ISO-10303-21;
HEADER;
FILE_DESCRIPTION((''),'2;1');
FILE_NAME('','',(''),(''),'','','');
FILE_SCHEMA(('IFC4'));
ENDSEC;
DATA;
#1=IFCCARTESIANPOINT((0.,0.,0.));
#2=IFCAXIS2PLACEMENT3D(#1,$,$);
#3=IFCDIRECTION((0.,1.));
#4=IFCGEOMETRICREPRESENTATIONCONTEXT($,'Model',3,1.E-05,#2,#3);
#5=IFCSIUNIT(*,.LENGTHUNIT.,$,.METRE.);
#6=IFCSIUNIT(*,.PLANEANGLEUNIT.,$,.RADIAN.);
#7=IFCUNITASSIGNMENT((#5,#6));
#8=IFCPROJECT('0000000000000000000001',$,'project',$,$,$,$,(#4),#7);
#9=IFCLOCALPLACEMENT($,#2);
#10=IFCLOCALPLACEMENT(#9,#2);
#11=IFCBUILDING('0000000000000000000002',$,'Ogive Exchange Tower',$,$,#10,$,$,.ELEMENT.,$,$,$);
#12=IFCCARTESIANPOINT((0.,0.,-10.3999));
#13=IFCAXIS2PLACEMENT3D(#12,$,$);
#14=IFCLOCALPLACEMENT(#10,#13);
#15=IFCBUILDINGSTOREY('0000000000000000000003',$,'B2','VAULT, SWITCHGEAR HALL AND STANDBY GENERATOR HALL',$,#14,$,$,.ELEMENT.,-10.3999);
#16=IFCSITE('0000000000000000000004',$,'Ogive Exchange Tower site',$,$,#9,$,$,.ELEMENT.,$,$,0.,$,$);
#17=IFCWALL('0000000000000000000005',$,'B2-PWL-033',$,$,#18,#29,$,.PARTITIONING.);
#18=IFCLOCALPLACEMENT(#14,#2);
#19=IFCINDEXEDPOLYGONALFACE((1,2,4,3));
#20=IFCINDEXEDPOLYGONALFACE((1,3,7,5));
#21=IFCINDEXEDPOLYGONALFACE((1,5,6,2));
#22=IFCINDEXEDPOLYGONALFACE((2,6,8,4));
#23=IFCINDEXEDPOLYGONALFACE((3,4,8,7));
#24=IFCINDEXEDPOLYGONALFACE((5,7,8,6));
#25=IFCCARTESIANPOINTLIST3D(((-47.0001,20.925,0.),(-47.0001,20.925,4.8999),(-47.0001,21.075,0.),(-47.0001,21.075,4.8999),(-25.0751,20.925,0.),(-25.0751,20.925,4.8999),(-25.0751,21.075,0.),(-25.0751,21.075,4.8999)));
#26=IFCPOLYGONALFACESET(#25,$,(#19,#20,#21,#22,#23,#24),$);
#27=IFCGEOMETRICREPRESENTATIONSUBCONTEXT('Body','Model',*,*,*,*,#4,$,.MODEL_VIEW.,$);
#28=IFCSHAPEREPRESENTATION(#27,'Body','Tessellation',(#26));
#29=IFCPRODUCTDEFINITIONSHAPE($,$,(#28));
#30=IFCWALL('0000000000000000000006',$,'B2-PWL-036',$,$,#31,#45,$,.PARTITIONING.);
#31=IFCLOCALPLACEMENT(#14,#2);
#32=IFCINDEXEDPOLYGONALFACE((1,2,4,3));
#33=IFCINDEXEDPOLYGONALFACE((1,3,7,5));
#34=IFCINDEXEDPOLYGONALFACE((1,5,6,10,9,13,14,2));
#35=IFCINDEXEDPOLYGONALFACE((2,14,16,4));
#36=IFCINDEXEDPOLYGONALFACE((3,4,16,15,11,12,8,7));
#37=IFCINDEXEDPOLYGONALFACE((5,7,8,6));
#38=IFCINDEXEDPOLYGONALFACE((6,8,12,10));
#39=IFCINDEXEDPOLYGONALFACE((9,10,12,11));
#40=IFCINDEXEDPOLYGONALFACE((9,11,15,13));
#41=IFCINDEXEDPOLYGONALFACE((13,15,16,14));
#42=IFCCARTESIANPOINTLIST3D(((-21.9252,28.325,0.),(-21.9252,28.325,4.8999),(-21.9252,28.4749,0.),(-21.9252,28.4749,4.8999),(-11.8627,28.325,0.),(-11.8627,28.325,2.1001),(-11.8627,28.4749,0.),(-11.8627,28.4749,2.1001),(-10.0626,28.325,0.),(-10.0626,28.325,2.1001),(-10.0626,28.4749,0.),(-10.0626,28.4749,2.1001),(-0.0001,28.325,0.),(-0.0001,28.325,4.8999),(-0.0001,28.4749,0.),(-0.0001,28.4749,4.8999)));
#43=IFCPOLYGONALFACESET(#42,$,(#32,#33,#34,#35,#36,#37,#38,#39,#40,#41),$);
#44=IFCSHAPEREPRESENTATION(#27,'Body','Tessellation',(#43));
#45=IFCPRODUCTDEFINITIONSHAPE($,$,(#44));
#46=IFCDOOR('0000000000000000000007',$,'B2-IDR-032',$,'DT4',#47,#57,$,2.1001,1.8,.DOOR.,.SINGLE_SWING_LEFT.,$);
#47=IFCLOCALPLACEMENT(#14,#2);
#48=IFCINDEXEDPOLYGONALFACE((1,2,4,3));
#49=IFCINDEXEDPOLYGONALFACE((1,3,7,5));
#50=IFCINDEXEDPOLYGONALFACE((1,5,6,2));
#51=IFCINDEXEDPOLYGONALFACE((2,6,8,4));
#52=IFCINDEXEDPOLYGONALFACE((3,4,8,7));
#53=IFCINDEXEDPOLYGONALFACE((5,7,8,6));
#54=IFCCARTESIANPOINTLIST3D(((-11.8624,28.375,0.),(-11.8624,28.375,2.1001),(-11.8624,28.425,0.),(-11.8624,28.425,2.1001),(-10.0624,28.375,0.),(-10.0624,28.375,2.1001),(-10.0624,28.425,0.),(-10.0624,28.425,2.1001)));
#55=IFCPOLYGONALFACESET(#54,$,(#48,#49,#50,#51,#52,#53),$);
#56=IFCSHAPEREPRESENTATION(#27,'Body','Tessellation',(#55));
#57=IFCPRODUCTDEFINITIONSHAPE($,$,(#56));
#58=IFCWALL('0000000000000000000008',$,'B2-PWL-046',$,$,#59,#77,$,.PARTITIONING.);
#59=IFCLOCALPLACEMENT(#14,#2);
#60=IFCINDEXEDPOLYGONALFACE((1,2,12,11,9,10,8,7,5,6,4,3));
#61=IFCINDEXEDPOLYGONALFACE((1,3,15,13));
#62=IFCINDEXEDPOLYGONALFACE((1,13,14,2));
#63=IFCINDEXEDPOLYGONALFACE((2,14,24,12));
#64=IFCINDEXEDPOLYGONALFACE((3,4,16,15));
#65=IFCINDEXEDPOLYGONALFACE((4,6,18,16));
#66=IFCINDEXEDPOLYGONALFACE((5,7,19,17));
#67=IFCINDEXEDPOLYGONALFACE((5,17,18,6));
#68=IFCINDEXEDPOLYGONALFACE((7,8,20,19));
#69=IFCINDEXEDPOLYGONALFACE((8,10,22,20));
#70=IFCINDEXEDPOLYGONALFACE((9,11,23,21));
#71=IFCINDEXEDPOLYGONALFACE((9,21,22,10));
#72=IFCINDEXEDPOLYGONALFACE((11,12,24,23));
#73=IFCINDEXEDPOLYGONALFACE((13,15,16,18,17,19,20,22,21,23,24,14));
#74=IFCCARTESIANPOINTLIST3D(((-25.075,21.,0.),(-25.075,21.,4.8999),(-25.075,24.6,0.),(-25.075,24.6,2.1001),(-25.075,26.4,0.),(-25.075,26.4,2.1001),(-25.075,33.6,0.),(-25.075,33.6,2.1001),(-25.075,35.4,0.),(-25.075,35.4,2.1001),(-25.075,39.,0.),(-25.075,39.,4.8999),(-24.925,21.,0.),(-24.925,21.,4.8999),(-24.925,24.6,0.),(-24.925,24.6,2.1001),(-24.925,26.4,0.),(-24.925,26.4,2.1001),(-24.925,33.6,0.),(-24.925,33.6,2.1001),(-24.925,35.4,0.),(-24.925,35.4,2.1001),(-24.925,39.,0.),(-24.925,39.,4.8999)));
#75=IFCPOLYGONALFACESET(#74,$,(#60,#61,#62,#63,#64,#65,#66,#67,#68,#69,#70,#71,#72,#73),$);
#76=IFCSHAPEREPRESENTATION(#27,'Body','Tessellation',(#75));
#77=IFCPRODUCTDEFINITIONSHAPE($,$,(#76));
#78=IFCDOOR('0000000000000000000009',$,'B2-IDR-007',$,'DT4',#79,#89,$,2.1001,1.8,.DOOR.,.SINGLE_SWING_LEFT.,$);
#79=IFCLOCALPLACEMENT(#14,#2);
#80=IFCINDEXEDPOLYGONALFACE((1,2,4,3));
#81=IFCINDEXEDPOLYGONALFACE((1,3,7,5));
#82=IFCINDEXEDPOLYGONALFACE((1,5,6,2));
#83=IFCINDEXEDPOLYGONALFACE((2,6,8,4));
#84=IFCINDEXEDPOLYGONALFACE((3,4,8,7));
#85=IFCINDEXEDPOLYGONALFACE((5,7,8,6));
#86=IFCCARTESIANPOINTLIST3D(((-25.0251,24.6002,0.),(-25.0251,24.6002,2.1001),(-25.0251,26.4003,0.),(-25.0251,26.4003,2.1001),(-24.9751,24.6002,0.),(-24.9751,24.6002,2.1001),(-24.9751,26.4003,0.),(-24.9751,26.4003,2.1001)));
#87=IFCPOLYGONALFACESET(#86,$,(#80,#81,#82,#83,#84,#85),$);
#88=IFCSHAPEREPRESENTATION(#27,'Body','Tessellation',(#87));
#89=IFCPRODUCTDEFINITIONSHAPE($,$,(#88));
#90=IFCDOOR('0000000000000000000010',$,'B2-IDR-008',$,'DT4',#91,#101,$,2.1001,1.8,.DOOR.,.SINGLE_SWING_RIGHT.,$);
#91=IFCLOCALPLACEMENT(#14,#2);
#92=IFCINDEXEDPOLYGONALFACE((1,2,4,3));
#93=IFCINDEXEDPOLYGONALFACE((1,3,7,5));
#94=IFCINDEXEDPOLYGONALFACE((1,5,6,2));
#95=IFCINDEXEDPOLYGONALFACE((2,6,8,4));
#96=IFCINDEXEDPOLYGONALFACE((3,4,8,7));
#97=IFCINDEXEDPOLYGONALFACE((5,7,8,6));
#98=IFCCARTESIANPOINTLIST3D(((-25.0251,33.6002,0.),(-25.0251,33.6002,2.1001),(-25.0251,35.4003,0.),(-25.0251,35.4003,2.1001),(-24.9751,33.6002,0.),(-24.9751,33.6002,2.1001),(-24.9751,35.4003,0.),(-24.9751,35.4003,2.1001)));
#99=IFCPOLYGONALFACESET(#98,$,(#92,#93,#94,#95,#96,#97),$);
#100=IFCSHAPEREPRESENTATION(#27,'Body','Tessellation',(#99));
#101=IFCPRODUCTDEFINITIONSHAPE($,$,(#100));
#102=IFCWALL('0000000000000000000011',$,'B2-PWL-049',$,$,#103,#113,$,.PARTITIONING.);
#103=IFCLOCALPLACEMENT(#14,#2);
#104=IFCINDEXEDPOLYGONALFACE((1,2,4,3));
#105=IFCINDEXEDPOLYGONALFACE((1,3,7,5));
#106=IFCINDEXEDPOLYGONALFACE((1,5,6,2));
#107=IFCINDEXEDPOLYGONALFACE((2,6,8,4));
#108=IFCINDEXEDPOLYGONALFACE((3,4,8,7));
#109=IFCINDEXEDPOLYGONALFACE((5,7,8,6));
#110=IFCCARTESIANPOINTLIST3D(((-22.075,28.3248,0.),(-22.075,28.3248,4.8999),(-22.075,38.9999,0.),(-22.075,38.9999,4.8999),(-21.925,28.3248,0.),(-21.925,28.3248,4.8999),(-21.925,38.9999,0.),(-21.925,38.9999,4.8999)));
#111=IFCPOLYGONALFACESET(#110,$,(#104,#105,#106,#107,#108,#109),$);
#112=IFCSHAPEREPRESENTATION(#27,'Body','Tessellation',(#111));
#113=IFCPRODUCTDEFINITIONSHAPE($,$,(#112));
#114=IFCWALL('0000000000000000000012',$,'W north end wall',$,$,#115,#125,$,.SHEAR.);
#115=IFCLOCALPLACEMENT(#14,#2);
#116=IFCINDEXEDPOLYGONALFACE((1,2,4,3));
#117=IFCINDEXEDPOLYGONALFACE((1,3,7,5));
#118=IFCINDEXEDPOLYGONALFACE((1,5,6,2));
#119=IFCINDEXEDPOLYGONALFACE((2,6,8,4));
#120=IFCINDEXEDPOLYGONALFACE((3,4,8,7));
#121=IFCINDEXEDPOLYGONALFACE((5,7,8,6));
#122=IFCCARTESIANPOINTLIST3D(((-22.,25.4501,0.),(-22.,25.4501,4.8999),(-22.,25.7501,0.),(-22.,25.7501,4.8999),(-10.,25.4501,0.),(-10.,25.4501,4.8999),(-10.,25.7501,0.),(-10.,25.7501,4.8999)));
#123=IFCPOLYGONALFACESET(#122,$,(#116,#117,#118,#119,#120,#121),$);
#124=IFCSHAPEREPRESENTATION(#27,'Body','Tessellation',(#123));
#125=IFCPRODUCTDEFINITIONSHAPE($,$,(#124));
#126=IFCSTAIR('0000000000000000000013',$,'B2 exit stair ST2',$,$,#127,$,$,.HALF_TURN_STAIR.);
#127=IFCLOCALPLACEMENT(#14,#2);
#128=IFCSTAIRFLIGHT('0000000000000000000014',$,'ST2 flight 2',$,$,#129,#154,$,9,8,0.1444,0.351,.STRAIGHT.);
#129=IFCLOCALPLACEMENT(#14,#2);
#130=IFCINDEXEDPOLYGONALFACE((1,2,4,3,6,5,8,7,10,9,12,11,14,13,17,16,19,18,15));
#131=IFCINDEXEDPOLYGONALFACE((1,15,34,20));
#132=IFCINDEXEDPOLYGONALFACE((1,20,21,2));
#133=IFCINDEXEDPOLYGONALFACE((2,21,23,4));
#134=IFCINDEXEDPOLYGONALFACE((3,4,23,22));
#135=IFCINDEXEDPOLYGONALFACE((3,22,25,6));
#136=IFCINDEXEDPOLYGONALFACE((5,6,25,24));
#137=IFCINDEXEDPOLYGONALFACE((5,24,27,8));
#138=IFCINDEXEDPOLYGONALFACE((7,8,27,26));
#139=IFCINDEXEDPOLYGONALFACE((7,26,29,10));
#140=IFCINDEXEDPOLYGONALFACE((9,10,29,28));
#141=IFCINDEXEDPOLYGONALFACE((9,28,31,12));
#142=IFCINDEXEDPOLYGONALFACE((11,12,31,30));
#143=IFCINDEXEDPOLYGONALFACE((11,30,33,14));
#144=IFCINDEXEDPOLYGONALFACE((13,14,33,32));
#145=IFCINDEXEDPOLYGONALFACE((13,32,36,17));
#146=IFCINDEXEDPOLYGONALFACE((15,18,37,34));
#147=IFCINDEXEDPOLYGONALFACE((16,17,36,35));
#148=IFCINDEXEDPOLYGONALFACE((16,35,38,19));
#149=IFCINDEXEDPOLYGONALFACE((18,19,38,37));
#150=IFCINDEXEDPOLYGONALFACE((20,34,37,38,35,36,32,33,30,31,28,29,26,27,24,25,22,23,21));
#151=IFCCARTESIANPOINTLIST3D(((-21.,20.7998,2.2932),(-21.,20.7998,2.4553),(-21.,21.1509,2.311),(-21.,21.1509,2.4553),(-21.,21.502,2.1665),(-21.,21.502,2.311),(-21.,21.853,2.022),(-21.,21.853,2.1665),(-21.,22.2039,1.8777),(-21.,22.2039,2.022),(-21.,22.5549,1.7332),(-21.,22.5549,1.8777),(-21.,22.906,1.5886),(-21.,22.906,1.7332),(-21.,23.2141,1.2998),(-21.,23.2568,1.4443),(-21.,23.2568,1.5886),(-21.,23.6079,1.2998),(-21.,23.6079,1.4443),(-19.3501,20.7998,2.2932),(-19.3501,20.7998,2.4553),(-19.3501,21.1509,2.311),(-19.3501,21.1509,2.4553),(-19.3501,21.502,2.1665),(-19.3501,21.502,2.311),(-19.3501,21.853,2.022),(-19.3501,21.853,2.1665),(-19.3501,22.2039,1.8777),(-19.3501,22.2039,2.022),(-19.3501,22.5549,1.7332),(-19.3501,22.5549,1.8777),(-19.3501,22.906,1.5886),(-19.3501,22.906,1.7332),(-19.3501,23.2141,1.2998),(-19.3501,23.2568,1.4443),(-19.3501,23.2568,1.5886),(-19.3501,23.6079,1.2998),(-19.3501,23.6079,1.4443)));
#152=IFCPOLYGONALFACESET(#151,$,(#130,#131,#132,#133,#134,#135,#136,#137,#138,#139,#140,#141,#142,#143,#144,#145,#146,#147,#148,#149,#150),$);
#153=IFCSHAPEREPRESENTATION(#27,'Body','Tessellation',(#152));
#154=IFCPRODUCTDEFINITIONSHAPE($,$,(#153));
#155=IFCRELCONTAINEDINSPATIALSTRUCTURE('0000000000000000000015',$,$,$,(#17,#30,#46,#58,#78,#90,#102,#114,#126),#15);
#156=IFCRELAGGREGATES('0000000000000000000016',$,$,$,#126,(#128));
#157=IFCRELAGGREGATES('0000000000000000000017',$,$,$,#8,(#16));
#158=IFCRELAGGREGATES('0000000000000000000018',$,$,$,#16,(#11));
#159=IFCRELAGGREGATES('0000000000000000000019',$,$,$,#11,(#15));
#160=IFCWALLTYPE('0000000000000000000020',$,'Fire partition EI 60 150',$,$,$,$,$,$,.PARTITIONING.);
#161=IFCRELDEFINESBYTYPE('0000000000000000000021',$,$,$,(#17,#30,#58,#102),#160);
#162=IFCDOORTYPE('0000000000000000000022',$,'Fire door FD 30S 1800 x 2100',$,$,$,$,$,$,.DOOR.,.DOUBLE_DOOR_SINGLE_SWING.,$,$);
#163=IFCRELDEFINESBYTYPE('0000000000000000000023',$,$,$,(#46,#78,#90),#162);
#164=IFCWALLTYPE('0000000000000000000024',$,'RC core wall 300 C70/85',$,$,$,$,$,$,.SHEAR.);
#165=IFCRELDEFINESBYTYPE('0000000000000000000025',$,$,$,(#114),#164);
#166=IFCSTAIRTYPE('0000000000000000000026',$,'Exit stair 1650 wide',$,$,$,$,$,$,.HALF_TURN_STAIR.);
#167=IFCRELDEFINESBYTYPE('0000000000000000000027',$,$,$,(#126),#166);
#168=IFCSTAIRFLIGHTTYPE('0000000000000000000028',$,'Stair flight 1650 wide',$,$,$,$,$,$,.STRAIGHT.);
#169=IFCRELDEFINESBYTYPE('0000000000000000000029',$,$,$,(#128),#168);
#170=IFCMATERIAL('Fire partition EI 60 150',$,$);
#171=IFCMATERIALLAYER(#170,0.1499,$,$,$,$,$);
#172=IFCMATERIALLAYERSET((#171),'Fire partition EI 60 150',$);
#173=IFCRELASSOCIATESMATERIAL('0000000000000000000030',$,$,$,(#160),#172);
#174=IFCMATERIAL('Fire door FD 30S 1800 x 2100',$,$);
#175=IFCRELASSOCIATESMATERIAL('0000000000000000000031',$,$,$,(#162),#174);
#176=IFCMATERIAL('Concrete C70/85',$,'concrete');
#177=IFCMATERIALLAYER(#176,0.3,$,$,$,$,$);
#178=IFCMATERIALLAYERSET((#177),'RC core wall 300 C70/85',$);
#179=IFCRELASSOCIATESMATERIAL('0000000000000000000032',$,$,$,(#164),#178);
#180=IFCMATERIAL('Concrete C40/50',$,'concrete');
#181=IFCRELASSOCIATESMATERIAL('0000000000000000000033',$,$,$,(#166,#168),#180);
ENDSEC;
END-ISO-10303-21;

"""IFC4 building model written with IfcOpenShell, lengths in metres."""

from ifc_helpers import new_model, si_unit, direction, frame, frame_2d, origin, place, context, subcontext, project, spatial, polyline, rectangle, outline, extrude, material, layer, layer_set, type_object, element, fill, aggregate, save


model = new_model("IFC4")

# Units and contexts
model_context = context("Model", 3, precision=1e-05, world=origin(), true_north=direction((0.0, 1.0)))
body_context = subcontext(model_context, "Body", "Model", "MODEL_VIEW")
ifc_project = project(units=[si_unit("LENGTHUNIT", "METRE"), si_unit("PLANEANGLEUNIT", "RADIAN")], contexts=[model_context])

# Site, building, storey
site_placement = place(None, origin())
site = spatial("IfcSite", under=ifc_project, at=site_placement, Name="Ogive Exchange Tower site", CompositionType="ELEMENT", RefElevation=0.0)
building_placement = place(site_placement, origin())
building = spatial("IfcBuilding", under=site, at=building_placement, Name="Ogive Exchange Tower", CompositionType="ELEMENT")
storey_placement = place(building_placement, frame((0.0, 0.0, -10.3999)))
storey = spatial("IfcBuildingStorey", under=building, at=storey_placement, Name="B2", Description="VAULT, SWITCHGEAR HALL AND STANDBY GENERATOR HALL", CompositionType="ELEMENT", Elevation=-10.3999)

# Shared definitions
ifc_material_1 = material(Name="Concrete C40/50", Category="concrete")

# Shared definitions
ifc_material_2 = material(Name="Concrete C70/85", Category="concrete")

# Wall
ifc_material_3 = material(Name="Fire partition EI 60 150")
ifc_layer_1 = layer(ifc_material_3, 0.1499)
ifc_layer_set_1 = layer_set([ifc_layer_1], Name="Fire partition EI 60 150")
wall_type_1 = type_object("IfcWallType", Name="Fire partition EI 60 150", PredefinedType="PARTITIONING", material=ifc_layer_set_1)
wall_1_placement = place(storey_placement, frame((-47.0, 21.0, 0.0), z_axis=(0.0, 0.0, 1.0), x_axis=(1.0, 0.0, 0.0)))
element("IfcWall", 1, at=wall_1_placement, inside=storey, type_object=wall_type_1, Name="B2-PWL-033", PredefinedType="PARTITIONING", context=body_context, shape_type="SweptSolid", body=[
    extrude(rectangle(XDim=21.925, YDim=0.1499, at=frame_2d((10.9624, 0.0))), origin(), (0.0, 0.0, 1.0), 4.8999),
])

# Wall, opening, door
wall_2_placement = place(storey_placement, frame((-21.925, 28.3999, 0.0), z_axis=(0.0, 0.0, 1.0), x_axis=(1.0, 0.0, 0.0)))
wall_2 = element("IfcWall", 2, at=wall_2_placement, inside=storey, type_object=wall_type_1, Name="B2-PWL-036", PredefinedType="PARTITIONING", context=body_context, shape_type="SweptSolid", body=[
    extrude(rectangle(XDim=21.925, YDim=0.1499, at=frame_2d((10.9624, 0.0))), origin(), (0.0, 0.0, 1.0), 4.8999),
])
opening_1_placement = place(wall_2_placement, frame((10.0625, 0.0, 0.0)))
opening_1 = element("IfcOpeningElement", 3, at=opening_1_placement, cuts=wall_2, PredefinedType="OPENING", context=body_context, shape_type="SweptSolid", body=[
    extrude(rectangle(XDim=1.8, YDim=2.1001, at=frame_2d((0.8999, 1.05))), frame((0.0, 0.085, 0.0), z_axis=(0.0, -1.0, 0.0), x_axis=(1.0, 0.0, 0.0)), (0.0, 0.0, 1.0), 0.1699),
])
ifc_material_4 = material(Name="Fire door FD 30S 1800 x 2100")
door_type = type_object("IfcDoorType", Name="Fire door FD 30S 1800 x 2100", OperationType="DOUBLE_DOOR_SINGLE_SWING", PredefinedType="DOOR", material=ifc_material_4)
door_1_placement = place(opening_1_placement, frame((1.8, 0.0, 0.0), z_axis=(0.0, 0.0, 1.0), x_axis=(-1.0, 0.0, 0.0)))
door_1 = element("IfcDoor", 4, at=door_1_placement, inside=storey, type_object=door_type, Name="B2-IDR-032", ObjectType="DT4", OperationType="SINGLE_SWING_LEFT", OverallHeight=2.1001, OverallWidth=1.8, PredefinedType="DOOR", context=body_context, shape_type="SweptSolid", body=[
    extrude(rectangle(XDim=1.8, YDim=2.1001, at=frame_2d((0.8999, 1.05))), frame((0.0, 0.0249, 0.0), z_axis=(0.0, -1.0, 0.0), x_axis=(1.0, 0.0, 0.0)), (0.0, 0.0, 1.0), 0.05),
])
fill(opening_1, door_1)

# Wall, openings, doors
wall_3_placement = place(storey_placement, frame((-25.0, 21.0, 0.0), z_axis=(0.0, 0.0, 1.0), x_axis=(0.0, 1.0, 0.0)))
wall_3 = element("IfcWall", 5, at=wall_3_placement, inside=storey, type_object=wall_type_1, Name="B2-PWL-046", PredefinedType="PARTITIONING", context=body_context, shape_type="SweptSolid", body=[
    extrude(rectangle(XDim=18.0, YDim=0.1499, at=frame_2d((9.0, 0.0))), origin(), (0.0, 0.0, 1.0), 4.8999),
])
opening_2_placement = place(wall_3_placement, frame((3.6001, 0.0, 0.0)))
opening_2 = element("IfcOpeningElement", 6, at=opening_2_placement, cuts=wall_3, PredefinedType="OPENING", context=body_context, shape_type="SweptSolid", body=[
    extrude(rectangle(XDim=1.8, YDim=2.1001, at=frame_2d((0.8999, 1.05))), frame((0.0, 0.085, 0.0), z_axis=(0.0, -1.0, 0.0), x_axis=(1.0, 0.0, 0.0)), (0.0, 0.0, 1.0), 0.1699),
])
opening_3_placement = place(wall_3_placement, frame((12.6001, 0.0, 0.0)))
opening_3 = element("IfcOpeningElement", 7, at=opening_3_placement, cuts=wall_3, PredefinedType="OPENING", context=body_context, shape_type="SweptSolid", body=[
    extrude(rectangle(XDim=1.8, YDim=2.1001, at=frame_2d((0.8999, 1.05))), frame((0.0, 0.085, 0.0), z_axis=(0.0, -1.0, 0.0), x_axis=(1.0, 0.0, 0.0)), (0.0, 0.0, 1.0), 0.1699),
])
door_2_placement = place(opening_2_placement, frame((1.8, 0.0, 0.0), z_axis=(0.0, 0.0, 1.0), x_axis=(-1.0, 0.0, 0.0)))
door_2 = element("IfcDoor", 8, at=door_2_placement, inside=storey, type_object=door_type, Name="B2-IDR-007", ObjectType="DT4", OperationType="SINGLE_SWING_LEFT", OverallHeight=2.1001, OverallWidth=1.8, PredefinedType="DOOR", context=body_context, shape_type="SweptSolid", body=[
    extrude(rectangle(XDim=1.8, YDim=2.1001, at=frame_2d((0.8999, 1.05))), frame((0.0, 0.0249, 0.0), z_axis=(0.0, -1.0, 0.0), x_axis=(1.0, 0.0, 0.0)), (0.0, 0.0, 1.0), 0.05),
])
fill(opening_2, door_2)
door_3_placement = place(opening_3_placement, frame((1.8, 0.0, 0.0), z_axis=(0.0, 0.0, 1.0), x_axis=(-1.0, 0.0, 0.0)))
door_3 = element("IfcDoor", 9, at=door_3_placement, inside=storey, type_object=door_type, Name="B2-IDR-008", ObjectType="DT4", OperationType="SINGLE_SWING_RIGHT", OverallHeight=2.1001, OverallWidth=1.8, PredefinedType="DOOR", context=body_context, shape_type="SweptSolid", body=[
    extrude(rectangle(XDim=1.8, YDim=2.1001, at=frame_2d((0.8999, 1.05))), frame((0.0, 0.0249, 0.0), z_axis=(0.0, -1.0, 0.0), x_axis=(1.0, 0.0, 0.0)), (0.0, 0.0, 1.0), 0.05),
])
fill(opening_3, door_3)

# Walls
wall_4_placement = place(storey_placement, frame((-22.0, 28.325, 0.0), z_axis=(0.0, 0.0, 1.0), x_axis=(0.0, 1.0, 0.0)))
element("IfcWall", 10, at=wall_4_placement, inside=storey, type_object=wall_type_1, Name="B2-PWL-049", PredefinedType="PARTITIONING", context=body_context, shape_type="SweptSolid", body=[
    extrude(rectangle(XDim=10.675, YDim=0.1499, at=frame_2d((5.3374, 0.0))), origin(), (0.0, 0.0, 1.0), 4.8999),
])
ifc_layer_2 = layer(ifc_material_2, 0.3)
ifc_layer_set_2 = layer_set([ifc_layer_2], Name="RC core wall 300 C70/85")
wall_type_2 = type_object("IfcWallType", Name="RC core wall 300 C70/85", PredefinedType="SHEAR", material=ifc_layer_set_2)
wall_5_placement = place(storey_placement, frame((-22.0, 25.6001, 0.0), z_axis=(0.0, 0.0, 1.0), x_axis=(1.0, 0.0, 0.0)))
element("IfcWall", 11, at=wall_5_placement, inside=storey, type_object=wall_type_2, Name="W north end wall", PredefinedType="SHEAR", context=body_context, shape_type="SweptSolid", body=[
    extrude(rectangle(XDim=12.0, YDim=0.3, at=frame_2d((6.0, 0.0))), origin(), (0.0, 0.0, 1.0), 4.8999),
])

# Stair, stair flight
stair_type = type_object("IfcStairType", Name="Exit stair 1650 wide", PredefinedType="HALF_TURN_STAIR", material=ifc_material_1)
stair_placement = place(storey_placement, origin())
stair = element("IfcStair", 12, at=stair_placement, inside=storey, type_object=stair_type, Name="B2 exit stair ST2", PredefinedType="HALF_TURN_STAIR")
stair_flight_type = type_object("IfcStairFlightType", Name="Stair flight 1650 wide", PredefinedType="STRAIGHT", material=ifc_material_1)
stair_flight_1_placement = place(storey_placement, frame((-20.175, 23.6079, 1.2998), z_axis=(0.0, 0.0, 1.0), x_axis=(0.0, -1.0, 0.0)))
stair_flight_1 = element("IfcStairFlight", 13, at=stair_flight_1_placement, type_object=stair_flight_type, Name="ST2 flight 2", NumberOfRisers=9, NumberOfTreads=8, PredefinedType="STRAIGHT", RiserHeight=0.1444, TreadLength=0.351, context=body_context, shape_type="SweptSolid", body=[
    extrude(outline(polyline([(0.0, 0.0), (0.0, 0.1445), (0.3511, 0.1445), (0.3511, 0.2888), (0.7019, 0.2888), (0.7019, 0.4333), (1.053, 0.4333), (1.053, 0.5779), (1.4041, 0.5779), (1.4041, 0.7222), (1.7549, 0.7222), (1.7549, 0.8667), (2.106, 0.8667), (2.106, 1.0112), (2.457, 1.0112), (2.457, 1.1555), (2.8081, 1.1555), (2.8081, 1.3), (2.8081, 0.9934), (0.3938, 0.0), (0.0, 0.0)])), frame((0.0, 0.825, 0.0), z_axis=(0.0, -1.0, 0.0), x_axis=(1.0, 0.0, 0.0)), (0.0, 0.0, 1.0), 1.6499),
])
aggregate(stair, [stair_flight_1])

save(model, "model.ifc")
